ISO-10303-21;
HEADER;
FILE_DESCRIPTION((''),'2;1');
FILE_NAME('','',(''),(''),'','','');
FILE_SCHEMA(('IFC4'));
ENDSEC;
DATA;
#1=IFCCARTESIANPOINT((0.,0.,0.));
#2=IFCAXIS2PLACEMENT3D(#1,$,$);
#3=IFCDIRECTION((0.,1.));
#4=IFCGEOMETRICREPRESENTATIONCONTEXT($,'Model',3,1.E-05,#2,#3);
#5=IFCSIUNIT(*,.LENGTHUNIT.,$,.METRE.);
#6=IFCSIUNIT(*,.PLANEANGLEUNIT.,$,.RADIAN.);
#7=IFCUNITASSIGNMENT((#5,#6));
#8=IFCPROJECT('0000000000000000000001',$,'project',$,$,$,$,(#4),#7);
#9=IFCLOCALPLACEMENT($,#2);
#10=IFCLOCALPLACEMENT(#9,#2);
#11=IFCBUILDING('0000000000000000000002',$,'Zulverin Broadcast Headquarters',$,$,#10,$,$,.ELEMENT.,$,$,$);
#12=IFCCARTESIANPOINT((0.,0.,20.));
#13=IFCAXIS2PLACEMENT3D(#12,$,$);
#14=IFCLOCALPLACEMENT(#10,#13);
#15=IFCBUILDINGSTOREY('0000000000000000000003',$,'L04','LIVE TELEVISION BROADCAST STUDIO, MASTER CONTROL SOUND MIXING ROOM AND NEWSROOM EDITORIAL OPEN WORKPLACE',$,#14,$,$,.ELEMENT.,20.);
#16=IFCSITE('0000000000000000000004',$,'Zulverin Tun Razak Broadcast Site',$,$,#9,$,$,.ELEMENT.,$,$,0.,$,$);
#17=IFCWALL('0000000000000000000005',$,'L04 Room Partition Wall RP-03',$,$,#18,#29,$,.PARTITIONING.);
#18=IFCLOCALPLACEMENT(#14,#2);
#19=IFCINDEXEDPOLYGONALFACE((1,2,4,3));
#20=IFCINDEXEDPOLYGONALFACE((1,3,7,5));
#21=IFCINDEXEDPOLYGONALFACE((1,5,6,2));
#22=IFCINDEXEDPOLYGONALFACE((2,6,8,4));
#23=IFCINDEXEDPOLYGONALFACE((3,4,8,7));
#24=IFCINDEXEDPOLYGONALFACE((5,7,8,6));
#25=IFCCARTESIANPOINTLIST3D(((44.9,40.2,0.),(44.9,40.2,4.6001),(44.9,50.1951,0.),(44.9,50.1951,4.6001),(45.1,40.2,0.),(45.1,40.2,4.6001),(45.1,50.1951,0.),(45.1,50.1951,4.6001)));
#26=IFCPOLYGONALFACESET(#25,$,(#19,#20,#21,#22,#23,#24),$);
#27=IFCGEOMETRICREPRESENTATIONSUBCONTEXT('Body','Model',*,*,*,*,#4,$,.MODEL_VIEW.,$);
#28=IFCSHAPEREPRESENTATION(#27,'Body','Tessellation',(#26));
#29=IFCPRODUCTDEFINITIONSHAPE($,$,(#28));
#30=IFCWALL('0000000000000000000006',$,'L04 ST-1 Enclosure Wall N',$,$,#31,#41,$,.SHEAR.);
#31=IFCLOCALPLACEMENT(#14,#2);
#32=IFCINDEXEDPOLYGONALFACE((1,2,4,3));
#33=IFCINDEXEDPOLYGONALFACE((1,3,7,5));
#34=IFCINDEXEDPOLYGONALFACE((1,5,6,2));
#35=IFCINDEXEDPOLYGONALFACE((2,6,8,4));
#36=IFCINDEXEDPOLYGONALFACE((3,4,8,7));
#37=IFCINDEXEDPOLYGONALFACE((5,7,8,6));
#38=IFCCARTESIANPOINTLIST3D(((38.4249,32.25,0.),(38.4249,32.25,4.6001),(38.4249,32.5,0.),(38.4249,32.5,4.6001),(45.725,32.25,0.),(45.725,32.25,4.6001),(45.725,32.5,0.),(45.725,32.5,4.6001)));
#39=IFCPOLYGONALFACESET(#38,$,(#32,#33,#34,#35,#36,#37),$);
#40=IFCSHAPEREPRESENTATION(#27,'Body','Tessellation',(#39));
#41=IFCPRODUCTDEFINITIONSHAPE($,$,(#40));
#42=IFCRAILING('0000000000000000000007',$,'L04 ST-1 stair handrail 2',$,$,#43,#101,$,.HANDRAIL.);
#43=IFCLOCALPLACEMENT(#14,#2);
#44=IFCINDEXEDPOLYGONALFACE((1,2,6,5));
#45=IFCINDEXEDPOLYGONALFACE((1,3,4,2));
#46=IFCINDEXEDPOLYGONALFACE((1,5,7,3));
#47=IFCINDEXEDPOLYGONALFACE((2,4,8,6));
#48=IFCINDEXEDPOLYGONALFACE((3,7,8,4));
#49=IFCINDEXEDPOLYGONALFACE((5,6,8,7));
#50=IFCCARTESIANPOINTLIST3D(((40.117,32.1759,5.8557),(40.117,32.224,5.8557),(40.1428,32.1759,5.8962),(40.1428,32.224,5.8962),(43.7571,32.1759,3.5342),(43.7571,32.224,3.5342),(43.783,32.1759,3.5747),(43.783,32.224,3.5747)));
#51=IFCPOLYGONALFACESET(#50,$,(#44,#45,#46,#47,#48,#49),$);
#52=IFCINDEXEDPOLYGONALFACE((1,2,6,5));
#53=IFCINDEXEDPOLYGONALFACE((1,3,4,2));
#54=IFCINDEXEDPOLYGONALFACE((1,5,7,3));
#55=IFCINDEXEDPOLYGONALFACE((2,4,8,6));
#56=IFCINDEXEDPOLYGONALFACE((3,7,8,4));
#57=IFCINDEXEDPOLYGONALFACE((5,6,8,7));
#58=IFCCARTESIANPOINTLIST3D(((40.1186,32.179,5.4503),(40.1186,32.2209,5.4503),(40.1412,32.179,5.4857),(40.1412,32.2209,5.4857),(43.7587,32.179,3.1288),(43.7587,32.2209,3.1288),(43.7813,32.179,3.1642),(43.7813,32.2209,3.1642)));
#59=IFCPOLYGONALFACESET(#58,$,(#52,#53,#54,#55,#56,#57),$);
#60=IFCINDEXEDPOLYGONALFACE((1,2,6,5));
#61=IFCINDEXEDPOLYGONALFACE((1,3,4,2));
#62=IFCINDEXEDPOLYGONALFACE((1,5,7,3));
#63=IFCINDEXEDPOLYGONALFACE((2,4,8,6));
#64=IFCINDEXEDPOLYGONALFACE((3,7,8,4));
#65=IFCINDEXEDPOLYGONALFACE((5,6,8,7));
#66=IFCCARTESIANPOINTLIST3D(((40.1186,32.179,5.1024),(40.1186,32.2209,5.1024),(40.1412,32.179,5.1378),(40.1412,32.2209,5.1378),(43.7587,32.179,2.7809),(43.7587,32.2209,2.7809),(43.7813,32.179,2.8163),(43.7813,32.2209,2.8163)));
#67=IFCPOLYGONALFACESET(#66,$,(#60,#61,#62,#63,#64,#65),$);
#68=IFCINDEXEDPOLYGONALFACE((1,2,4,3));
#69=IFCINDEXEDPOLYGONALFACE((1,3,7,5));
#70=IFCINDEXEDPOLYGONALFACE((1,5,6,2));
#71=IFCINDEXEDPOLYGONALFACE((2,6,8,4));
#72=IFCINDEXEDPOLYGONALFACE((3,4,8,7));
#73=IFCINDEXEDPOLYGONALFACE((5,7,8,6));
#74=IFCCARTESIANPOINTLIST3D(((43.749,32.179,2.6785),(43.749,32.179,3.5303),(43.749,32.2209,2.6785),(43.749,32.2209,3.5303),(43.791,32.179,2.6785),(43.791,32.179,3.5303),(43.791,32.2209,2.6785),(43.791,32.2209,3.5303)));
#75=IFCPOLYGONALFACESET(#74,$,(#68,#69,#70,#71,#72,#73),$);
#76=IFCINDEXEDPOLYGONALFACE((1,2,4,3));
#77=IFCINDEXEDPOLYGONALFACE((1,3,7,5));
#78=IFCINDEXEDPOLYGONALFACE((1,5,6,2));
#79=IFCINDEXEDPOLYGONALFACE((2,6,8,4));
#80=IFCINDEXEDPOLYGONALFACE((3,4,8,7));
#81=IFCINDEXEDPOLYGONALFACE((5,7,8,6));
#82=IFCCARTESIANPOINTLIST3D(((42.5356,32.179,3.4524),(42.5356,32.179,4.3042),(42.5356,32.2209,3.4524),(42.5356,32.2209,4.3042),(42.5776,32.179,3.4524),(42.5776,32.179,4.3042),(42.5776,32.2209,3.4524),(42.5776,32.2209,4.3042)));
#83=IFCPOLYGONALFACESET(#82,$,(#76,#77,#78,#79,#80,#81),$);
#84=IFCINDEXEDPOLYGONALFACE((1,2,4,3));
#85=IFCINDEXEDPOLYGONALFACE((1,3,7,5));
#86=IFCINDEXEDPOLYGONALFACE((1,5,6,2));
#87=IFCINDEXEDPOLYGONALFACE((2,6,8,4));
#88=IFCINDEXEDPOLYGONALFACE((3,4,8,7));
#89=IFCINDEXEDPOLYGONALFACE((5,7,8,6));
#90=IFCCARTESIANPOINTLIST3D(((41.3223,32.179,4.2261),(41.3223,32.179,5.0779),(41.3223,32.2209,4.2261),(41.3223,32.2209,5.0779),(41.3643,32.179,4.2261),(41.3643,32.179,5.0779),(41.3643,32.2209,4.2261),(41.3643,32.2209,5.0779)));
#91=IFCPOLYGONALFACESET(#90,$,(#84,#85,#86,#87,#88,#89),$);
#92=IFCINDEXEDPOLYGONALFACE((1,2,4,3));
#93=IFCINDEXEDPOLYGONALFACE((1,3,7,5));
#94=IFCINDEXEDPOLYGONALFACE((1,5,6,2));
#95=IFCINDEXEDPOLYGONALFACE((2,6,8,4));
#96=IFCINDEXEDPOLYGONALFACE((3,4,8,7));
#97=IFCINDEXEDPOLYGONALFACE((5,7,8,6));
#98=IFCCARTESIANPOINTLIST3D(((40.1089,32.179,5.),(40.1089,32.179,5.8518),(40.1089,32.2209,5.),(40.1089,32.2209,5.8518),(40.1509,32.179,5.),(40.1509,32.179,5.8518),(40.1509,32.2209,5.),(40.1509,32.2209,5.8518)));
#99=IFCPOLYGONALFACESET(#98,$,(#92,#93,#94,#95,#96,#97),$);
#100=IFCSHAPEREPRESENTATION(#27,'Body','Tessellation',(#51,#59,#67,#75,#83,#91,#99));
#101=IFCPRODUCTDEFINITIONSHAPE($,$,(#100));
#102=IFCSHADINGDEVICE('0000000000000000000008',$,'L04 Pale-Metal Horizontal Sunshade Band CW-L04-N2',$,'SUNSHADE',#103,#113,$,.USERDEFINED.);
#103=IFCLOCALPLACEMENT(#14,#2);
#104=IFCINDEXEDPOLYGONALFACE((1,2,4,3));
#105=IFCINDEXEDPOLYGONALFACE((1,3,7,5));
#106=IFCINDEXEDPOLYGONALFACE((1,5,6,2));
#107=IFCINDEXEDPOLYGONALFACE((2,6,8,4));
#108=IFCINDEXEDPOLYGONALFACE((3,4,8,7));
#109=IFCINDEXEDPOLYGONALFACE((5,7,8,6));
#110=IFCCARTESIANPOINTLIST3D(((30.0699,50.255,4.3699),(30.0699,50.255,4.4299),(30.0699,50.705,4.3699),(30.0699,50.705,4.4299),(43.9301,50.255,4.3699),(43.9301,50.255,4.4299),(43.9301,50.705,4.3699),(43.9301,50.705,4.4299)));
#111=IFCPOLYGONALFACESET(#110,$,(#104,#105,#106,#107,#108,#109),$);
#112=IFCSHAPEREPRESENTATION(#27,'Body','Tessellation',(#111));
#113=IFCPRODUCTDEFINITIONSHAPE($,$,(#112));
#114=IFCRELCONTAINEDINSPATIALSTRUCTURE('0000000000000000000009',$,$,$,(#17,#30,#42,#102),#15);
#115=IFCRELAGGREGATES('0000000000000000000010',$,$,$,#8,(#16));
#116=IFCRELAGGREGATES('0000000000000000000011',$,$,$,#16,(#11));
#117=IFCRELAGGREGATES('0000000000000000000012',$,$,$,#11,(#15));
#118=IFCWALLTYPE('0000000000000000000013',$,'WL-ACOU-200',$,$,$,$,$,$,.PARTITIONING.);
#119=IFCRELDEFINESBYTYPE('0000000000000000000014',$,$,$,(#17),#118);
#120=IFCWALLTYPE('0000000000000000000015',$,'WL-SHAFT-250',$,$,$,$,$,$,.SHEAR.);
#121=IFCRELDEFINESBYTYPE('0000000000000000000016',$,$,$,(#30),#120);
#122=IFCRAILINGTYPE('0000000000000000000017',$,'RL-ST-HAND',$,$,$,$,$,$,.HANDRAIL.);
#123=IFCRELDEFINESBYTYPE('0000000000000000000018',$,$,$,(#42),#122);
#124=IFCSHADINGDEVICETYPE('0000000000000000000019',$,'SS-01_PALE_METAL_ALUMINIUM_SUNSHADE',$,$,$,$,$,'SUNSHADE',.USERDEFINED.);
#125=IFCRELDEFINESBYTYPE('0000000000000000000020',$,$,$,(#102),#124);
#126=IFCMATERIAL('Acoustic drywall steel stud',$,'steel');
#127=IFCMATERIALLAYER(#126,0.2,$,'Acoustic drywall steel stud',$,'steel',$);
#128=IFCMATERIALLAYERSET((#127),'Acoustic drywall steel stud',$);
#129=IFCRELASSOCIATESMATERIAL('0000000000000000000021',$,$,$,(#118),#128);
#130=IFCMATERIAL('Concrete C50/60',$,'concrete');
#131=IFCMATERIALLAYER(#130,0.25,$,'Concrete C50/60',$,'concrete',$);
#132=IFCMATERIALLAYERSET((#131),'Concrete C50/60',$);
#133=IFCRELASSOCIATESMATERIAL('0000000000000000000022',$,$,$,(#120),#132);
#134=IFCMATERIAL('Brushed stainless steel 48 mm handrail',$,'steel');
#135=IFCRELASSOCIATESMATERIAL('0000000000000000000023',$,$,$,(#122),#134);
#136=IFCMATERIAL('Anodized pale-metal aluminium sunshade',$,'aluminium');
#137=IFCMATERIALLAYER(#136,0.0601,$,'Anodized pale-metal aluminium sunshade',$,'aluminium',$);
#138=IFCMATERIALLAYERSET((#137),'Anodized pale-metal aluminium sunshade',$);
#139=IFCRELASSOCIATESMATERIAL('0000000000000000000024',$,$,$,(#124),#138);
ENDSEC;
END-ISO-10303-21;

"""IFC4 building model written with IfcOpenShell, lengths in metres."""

from ifc_helpers import new_model, si_unit, direction, frame, frame_2d, origin, origin_2d, place, context, subcontext, project, spatial, rectangle, extrude, material, layer, layer_set, type_object, element, save


model = new_model("IFC4")

# Units and contexts
model_context = context("Model", 3, precision=1e-05, world=origin(), true_north=direction((0.0, 1.0)))
body_context = subcontext(model_context, "Body", "Model", "MODEL_VIEW")
ifc_project = project(units=[si_unit("LENGTHUNIT", "METRE"), si_unit("PLANEANGLEUNIT", "RADIAN")], contexts=[model_context])

# Site, building, storey
site_placement = place(None, origin())
site = spatial("IfcSite", under=ifc_project, at=site_placement, Name="Zulverin Tun Razak Broadcast Site", CompositionType="ELEMENT", RefElevation=0.0)
building_placement = place(site_placement, origin())
building = spatial("IfcBuilding", under=site, at=building_placement, Name="Zulverin Broadcast Headquarters", CompositionType="ELEMENT")
storey_placement = place(building_placement, frame((0.0, 0.0, 20.0)))
storey = spatial("IfcBuildingStorey", under=building, at=storey_placement, Name="L04", Description="LIVE TELEVISION BROADCAST STUDIO, MASTER CONTROL SOUND MIXING ROOM AND NEWSROOM EDITORIAL OPEN WORKPLACE", CompositionType="ELEMENT", Elevation=20.0)

# Walls
ifc_material_1 = material(Name="Acoustic drywall steel stud", Category="steel")
ifc_layer_1 = layer(ifc_material_1, 0.2, Name="Acoustic drywall steel stud", Category="steel")
ifc_layer_set_1 = layer_set([ifc_layer_1], Name="Acoustic drywall steel stud")
wall_type_1 = type_object("IfcWallType", Name="WL-ACOU-200", PredefinedType="PARTITIONING", material=ifc_layer_set_1)
wall_1_placement = place(storey_placement, frame((45.0, 40.2, 0.0), z_axis=(0.0, 0.0, 1.0), x_axis=(0.0, 1.0, 0.0)))
element("IfcWall", 1, at=wall_1_placement, inside=storey, type_object=wall_type_1, Name="L04 Room Partition Wall RP-03", PredefinedType="PARTITIONING", context=body_context, shape_type="SweptSolid", body=[
    extrude(rectangle(XDim=9.9951, YDim=0.2, at=frame_2d((4.9976, 0.0))), origin(), (0.0, 0.0, 1.0), 4.6001),
])
ifc_material_2 = material(Name="Concrete C50/60", Category="concrete")
ifc_layer_2 = layer(ifc_material_2, 0.25, Name="Concrete C50/60", Category="concrete")
ifc_layer_set_2 = layer_set([ifc_layer_2], Name="Concrete C50/60")
wall_type_2 = type_object("IfcWallType", Name="WL-SHAFT-250", PredefinedType="SHEAR", material=ifc_layer_set_2)
wall_2_placement = place(storey_placement, frame((38.425, 32.375, 0.0), z_axis=(0.0, 0.0, 1.0), x_axis=(1.0, 0.0, 0.0)))
element("IfcWall", 2, at=wall_2_placement, inside=storey, type_object=wall_type_2, Name="L04 ST-1 Enclosure Wall N", PredefinedType="SHEAR", context=body_context, shape_type="SweptSolid", body=[
    extrude(rectangle(XDim=7.3, YDim=0.25, at=frame_2d((3.6499, 0.0))), origin(), (0.0, 0.0, 1.0), 4.6001),
])

# Railing
ifc_material_3 = material(Name="Brushed stainless steel 48 mm handrail", Category="steel")
railing_type = type_object("IfcRailingType", Name="RL-ST-HAND", PredefinedType="HANDRAIL", material=ifc_material_3)
railing_placement = place(storey_placement, frame((43.77, 32.2, 2.6785)))
element("IfcRailing", 3, at=railing_placement, inside=storey, type_object=railing_type, Name="L04 ST-1 stair handrail 2", PredefinedType="HANDRAIL", context=body_context, shape_type="SweptSolid", body=[
    extrude(rectangle(XDim=0.0481, YDim=0.0481, at=origin_2d()), frame((0.0, 0.0, 0.876), z_axis=(-0.843128, 0.0, 0.537713), x_axis=(0.0, -1.0, 0.0)), (0.0, 0.0, 1.0), 4.3174),
    extrude(rectangle(XDim=0.042, YDim=0.042, at=origin_2d()), frame((0.0, 0.0, 0.468), z_axis=(-0.843128, 0.0, 0.537713), x_axis=(0.0, -1.0, 0.0)), (0.0, 0.0, 1.0), 4.3174),
    extrude(rectangle(XDim=0.042, YDim=0.042, at=origin_2d()), frame((0.0, 0.0, 0.1201), z_axis=(-0.843128, 0.0, 0.537713), x_axis=(0.0, -1.0, 0.0)), (0.0, 0.0, 1.0), 4.3174),
    extrude(rectangle(XDim=0.042, YDim=0.042, at=origin_2d()), origin(), (0.0, 0.0, 1.0), 0.8518),
    extrude(rectangle(XDim=0.042, YDim=0.042, at=origin_2d()), frame((-1.2134, 0.0, 0.7739)), (0.0, 0.0, 1.0), 0.8518),
    extrude(rectangle(XDim=0.042, YDim=0.042, at=origin_2d()), frame((-2.4268, 0.0, 1.5476)), (0.0, 0.0, 1.0), 0.8518),
    extrude(rectangle(XDim=0.042, YDim=0.042, at=origin_2d()), frame((-3.6401, 0.0, 2.3215)), (0.0, 0.0, 1.0), 0.8518),
])

# Shading device
ifc_material_4 = material(Name="Anodized pale-metal aluminium sunshade", Category="aluminium")
ifc_layer_3 = layer(ifc_material_4, 0.0601, Name="Anodized pale-metal aluminium sunshade", Category="aluminium")
ifc_layer_set_3 = layer_set([ifc_layer_3], Name="Anodized pale-metal aluminium sunshade")
shading_device_type = type_object("IfcShadingDeviceType", Name="SS-01_PALE_METAL_ALUMINIUM_SUNSHADE", ElementType="SUNSHADE", PredefinedType="USERDEFINED", material=ifc_layer_set_3)
shading_device_placement = place(storey_placement, frame((37.0, 50.48, 4.3699), z_axis=(0.0, 0.0, 1.0), x_axis=(-1.0, 0.0, 0.0)))
element("IfcShadingDevice", 4, at=shading_device_placement, inside=storey, type_object=shading_device_type, Name="L04 Pale-Metal Horizontal Sunshade Band CW-L04-N2", ObjectType="SUNSHADE", PredefinedType="USERDEFINED", context=body_context, shape_type="SweptSolid", body=[
    extrude(rectangle(XDim=13.8601, YDim=0.45, at=origin_2d()), origin(), (0.0, 0.0, 1.0), 0.0601),
])

save(model, "model.ifc")
